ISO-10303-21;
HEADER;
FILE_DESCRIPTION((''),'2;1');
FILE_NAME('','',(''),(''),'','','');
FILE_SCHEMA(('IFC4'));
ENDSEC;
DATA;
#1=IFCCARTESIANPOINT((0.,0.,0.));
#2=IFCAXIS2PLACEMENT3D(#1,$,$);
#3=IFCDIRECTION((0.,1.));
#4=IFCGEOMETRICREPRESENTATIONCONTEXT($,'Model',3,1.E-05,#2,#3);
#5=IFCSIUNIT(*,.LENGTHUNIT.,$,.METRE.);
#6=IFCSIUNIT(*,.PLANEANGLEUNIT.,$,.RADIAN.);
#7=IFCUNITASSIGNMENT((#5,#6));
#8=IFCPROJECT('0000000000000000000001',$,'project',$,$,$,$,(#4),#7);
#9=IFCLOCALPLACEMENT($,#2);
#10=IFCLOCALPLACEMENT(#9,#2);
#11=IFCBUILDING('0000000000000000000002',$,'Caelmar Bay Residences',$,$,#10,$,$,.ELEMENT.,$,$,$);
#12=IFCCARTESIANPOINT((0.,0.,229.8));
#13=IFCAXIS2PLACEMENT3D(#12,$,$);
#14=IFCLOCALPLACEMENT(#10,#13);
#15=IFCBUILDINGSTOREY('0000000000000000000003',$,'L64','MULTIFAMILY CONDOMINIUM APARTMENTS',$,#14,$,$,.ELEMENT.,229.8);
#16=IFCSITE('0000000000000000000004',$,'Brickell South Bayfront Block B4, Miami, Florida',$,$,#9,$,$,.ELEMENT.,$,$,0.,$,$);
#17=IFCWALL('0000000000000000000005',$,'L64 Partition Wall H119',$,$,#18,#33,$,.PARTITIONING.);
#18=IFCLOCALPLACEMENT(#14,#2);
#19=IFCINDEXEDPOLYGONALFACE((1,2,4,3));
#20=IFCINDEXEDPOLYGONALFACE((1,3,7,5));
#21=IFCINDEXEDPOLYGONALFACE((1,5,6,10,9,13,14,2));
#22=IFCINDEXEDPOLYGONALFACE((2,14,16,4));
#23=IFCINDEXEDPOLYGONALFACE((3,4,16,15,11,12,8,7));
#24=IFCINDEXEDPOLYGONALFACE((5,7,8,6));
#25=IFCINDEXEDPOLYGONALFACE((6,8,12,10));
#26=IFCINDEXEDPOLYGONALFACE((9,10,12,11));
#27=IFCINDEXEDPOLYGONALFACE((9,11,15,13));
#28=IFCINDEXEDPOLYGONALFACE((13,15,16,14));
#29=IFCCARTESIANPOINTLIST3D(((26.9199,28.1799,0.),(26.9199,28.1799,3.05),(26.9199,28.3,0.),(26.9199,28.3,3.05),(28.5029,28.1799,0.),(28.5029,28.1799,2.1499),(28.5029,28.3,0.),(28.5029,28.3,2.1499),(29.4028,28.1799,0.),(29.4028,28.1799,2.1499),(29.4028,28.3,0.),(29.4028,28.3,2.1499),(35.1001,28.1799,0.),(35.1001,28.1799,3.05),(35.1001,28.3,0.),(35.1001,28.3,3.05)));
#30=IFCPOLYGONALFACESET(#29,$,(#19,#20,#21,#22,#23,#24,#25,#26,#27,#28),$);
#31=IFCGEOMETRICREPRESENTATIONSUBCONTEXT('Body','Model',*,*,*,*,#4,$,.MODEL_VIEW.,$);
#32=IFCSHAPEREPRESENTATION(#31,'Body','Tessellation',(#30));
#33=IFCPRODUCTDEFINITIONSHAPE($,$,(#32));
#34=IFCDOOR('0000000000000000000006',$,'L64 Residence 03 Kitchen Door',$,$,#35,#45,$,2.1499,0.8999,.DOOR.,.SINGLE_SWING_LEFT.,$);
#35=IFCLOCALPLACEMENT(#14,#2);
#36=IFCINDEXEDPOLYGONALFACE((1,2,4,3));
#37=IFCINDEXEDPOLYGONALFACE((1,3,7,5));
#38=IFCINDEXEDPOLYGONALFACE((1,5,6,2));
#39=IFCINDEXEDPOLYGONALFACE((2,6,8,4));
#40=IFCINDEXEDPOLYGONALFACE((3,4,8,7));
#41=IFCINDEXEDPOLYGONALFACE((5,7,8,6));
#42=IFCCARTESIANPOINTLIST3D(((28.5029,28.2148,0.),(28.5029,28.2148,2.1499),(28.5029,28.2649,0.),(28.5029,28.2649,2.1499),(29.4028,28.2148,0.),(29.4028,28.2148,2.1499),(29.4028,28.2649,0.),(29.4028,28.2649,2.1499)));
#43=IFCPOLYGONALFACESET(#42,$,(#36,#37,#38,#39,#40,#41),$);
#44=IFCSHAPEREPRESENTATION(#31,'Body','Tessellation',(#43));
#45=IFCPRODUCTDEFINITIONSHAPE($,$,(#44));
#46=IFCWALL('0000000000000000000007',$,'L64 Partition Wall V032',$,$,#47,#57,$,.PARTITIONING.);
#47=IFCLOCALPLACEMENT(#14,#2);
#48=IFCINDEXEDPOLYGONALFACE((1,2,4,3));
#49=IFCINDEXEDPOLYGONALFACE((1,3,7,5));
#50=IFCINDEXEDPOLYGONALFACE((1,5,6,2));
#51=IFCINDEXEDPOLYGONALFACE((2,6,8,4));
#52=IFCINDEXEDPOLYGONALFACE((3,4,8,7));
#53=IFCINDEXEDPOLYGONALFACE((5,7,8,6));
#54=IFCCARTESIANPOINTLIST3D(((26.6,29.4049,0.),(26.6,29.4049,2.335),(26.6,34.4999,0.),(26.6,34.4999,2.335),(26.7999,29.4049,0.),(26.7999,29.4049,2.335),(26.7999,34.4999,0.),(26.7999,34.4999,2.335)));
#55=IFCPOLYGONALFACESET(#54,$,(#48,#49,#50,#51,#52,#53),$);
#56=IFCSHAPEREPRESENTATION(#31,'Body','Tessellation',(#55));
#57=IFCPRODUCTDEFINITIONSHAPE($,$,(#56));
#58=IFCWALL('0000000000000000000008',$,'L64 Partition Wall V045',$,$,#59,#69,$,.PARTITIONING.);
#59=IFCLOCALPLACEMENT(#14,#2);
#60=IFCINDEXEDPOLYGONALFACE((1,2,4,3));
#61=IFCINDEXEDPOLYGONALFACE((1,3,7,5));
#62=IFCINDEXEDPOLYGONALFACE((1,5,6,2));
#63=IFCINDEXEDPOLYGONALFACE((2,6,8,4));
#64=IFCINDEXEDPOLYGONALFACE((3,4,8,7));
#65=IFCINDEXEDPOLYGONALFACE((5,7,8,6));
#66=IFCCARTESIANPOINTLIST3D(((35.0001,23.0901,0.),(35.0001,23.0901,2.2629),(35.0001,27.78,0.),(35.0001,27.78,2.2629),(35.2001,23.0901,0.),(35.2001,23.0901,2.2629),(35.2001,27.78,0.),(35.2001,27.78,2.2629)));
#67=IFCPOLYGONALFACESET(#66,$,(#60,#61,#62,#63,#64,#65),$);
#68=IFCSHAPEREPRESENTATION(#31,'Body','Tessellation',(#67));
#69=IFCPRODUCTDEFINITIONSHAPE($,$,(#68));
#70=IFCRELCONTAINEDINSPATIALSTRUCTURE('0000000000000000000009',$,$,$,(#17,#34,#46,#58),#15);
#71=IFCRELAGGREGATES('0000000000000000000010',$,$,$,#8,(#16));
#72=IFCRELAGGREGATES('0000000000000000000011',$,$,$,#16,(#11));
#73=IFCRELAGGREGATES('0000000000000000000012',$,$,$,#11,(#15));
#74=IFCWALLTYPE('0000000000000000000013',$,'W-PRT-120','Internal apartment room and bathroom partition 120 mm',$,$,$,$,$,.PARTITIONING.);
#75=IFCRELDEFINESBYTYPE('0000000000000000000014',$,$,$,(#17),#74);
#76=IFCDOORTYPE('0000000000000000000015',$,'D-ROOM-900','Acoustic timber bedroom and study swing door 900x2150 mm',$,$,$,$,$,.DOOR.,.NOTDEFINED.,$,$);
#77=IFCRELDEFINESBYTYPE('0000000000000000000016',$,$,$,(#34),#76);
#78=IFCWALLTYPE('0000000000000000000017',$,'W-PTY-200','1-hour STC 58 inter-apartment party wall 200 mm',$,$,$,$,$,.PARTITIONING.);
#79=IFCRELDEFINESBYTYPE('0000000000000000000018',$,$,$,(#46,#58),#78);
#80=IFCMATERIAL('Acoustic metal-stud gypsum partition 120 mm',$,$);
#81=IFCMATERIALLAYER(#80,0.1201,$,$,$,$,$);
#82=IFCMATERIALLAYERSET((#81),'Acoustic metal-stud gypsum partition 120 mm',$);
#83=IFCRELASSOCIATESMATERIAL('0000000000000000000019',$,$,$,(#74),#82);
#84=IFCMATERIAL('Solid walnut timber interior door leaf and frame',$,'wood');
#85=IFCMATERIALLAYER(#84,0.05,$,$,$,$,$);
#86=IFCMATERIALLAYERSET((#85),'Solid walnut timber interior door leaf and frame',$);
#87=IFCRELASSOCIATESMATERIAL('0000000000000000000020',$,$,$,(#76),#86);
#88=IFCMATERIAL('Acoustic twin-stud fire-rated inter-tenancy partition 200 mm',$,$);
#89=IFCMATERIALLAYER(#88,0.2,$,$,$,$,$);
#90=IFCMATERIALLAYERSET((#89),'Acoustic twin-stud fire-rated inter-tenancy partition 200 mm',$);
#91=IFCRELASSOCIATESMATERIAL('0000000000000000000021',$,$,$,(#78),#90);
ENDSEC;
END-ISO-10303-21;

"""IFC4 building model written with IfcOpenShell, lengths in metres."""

from ifc_helpers import new_model, si_unit, direction, frame, frame_2d, origin, place, context, subcontext, project, spatial, rectangle, extrude, material, layer, layer_set, type_object, element, fill, save


model = new_model("IFC4")

# Units and contexts
model_context = context("Model", 3, precision=1e-05, world=origin(), true_north=direction((0.0, 1.0)))
body_context = subcontext(model_context, "Body", "Model", "MODEL_VIEW")
ifc_project = project(units=[si_unit("LENGTHUNIT", "METRE"), si_unit("PLANEANGLEUNIT", "RADIAN")], contexts=[model_context])

# Site, building, storey
site_placement = place(None, origin())
site = spatial("IfcSite", under=ifc_project, at=site_placement, Name="Brickell South Bayfront Block B4, Miami, Florida", CompositionType="ELEMENT", RefElevation=0.0)
building_placement = place(site_placement, origin())
building = spatial("IfcBuilding", under=site, at=building_placement, Name="Caelmar Bay Residences", CompositionType="ELEMENT")
storey_placement = place(building_placement, frame((0.0, 0.0, 229.8)))
storey = spatial("IfcBuildingStorey", under=building, at=storey_placement, Name="L64", Description="MULTIFAMILY CONDOMINIUM APARTMENTS", CompositionType="ELEMENT", Elevation=229.8)

# Shared definitions
ifc_material_1 = material(Name="Acoustic metal-stud gypsum partition 120 mm")
ifc_layer_1 = layer(ifc_material_1, 0.1201)
ifc_layer_set_1 = layer_set([ifc_layer_1], Name="Acoustic metal-stud gypsum partition 120 mm")
wall_type_1 = type_object("IfcWallType", Name="W-PRT-120", Description="Internal apartment room and bathroom partition 120 mm", PredefinedType="PARTITIONING", material=ifc_layer_set_1)
ifc_material_2 = material(Name="Solid walnut timber interior door leaf and frame", Category="wood")
ifc_layer_2 = layer(ifc_material_2, 0.05)
ifc_layer_set_2 = layer_set([ifc_layer_2], Name="Solid walnut timber interior door leaf and frame")
door_type_1 = type_object("IfcDoorType", Name="D-ROOM-900", Description="Acoustic timber bedroom and study swing door 900x2150 mm", OperationType="NOTDEFINED", PredefinedType="DOOR", material=ifc_layer_set_2)

# Wall, opening, door
wall_1_placement = place(storey_placement, frame((26.9199, 28.24, 0.0), z_axis=(0.0, 0.0, 1.0), x_axis=(1.0, 0.0, 0.0)))
wall_1 = element("IfcWall", 1, at=wall_1_placement, inside=storey, type_object=wall_type_1, Name="L64 Partition Wall H119", PredefinedType="PARTITIONING", context=body_context, shape_type="SweptSolid", body=[
    extrude(rectangle(XDim=8.1802, YDim=0.1201, at=frame_2d((4.0901, 0.0))), origin(), (0.0, 0.0, 1.0), 3.05),
])
opening_1_placement = place(wall_1_placement, frame((1.583, 0.0, 0.0)))
opening_1 = element("IfcOpeningElement", 2, at=opening_1_placement, cuts=wall_1, PredefinedType="OPENING", context=body_context, shape_type="SweptSolid", body=[
    extrude(rectangle(XDim=0.8999, YDim=2.1499, at=frame_2d((0.45, 1.075))), frame((0.0, 0.0701, 0.0), z_axis=(0.0, -1.0, 0.0), x_axis=(1.0, 0.0, 0.0)), (0.0, 0.0, 1.0), 0.1401),
])
door_1_placement = place(opening_1_placement, origin())
door_1 = element("IfcDoor", 3, at=door_1_placement, inside=storey, type_object=door_type_1, Name="L64 Residence 03 Kitchen Door", OperationType="SINGLE_SWING_LEFT", OverallHeight=2.1499, OverallWidth=0.8999, PredefinedType="DOOR", context=body_context, shape_type="SweptSolid", body=[
    extrude(rectangle(XDim=0.8999, YDim=2.1499, at=frame_2d((0.45, 1.075))), frame((0.0, 0.0249, 0.0), z_axis=(0.0, -1.0, 0.0), x_axis=(1.0, 0.0, 0.0)), (0.0, 0.0, 1.0), 0.05),
])
fill(opening_1, door_1)

# Walls
ifc_material_3 = material(Name="Acoustic twin-stud fire-rated inter-tenancy partition 200 mm")
ifc_layer_3 = layer(ifc_material_3, 0.2)
ifc_layer_set_3 = layer_set([ifc_layer_3], Name="Acoustic twin-stud fire-rated inter-tenancy partition 200 mm")
wall_type_2 = type_object("IfcWallType", Name="W-PTY-200", Description="1-hour STC 58 inter-apartment party wall 200 mm", PredefinedType="PARTITIONING", material=ifc_layer_set_3)
wall_2_placement = place(storey_placement, frame((26.7, 29.405, 0.0), z_axis=(0.0, 0.0, 1.0), x_axis=(0.0, 1.0, 0.0)))
element("IfcWall", 4, at=wall_2_placement, inside=storey, type_object=wall_type_2, Name="L64 Partition Wall V032", PredefinedType="PARTITIONING", context=body_context, shape_type="SweptSolid", body=[
    extrude(rectangle(XDim=5.095, YDim=0.2, at=frame_2d((2.5474, 0.0))), origin(), (0.0, 0.0, 1.0), 2.335),
])
wall_3_placement = place(storey_placement, frame((35.1001, 23.0901, 0.0), z_axis=(0.0, 0.0, 1.0), x_axis=(0.0, 1.0, 0.0)))
element("IfcWall", 5, at=wall_3_placement, inside=storey, type_object=wall_type_2, Name="L64 Partition Wall V045", PredefinedType="PARTITIONING", context=body_context, shape_type="SweptSolid", body=[
    extrude(rectangle(XDim=4.6899, YDim=0.2, at=frame_2d((2.345, 0.0))), origin(), (0.0, 0.0, 1.0), 2.2629),
])

save(model, "model.ifc")
